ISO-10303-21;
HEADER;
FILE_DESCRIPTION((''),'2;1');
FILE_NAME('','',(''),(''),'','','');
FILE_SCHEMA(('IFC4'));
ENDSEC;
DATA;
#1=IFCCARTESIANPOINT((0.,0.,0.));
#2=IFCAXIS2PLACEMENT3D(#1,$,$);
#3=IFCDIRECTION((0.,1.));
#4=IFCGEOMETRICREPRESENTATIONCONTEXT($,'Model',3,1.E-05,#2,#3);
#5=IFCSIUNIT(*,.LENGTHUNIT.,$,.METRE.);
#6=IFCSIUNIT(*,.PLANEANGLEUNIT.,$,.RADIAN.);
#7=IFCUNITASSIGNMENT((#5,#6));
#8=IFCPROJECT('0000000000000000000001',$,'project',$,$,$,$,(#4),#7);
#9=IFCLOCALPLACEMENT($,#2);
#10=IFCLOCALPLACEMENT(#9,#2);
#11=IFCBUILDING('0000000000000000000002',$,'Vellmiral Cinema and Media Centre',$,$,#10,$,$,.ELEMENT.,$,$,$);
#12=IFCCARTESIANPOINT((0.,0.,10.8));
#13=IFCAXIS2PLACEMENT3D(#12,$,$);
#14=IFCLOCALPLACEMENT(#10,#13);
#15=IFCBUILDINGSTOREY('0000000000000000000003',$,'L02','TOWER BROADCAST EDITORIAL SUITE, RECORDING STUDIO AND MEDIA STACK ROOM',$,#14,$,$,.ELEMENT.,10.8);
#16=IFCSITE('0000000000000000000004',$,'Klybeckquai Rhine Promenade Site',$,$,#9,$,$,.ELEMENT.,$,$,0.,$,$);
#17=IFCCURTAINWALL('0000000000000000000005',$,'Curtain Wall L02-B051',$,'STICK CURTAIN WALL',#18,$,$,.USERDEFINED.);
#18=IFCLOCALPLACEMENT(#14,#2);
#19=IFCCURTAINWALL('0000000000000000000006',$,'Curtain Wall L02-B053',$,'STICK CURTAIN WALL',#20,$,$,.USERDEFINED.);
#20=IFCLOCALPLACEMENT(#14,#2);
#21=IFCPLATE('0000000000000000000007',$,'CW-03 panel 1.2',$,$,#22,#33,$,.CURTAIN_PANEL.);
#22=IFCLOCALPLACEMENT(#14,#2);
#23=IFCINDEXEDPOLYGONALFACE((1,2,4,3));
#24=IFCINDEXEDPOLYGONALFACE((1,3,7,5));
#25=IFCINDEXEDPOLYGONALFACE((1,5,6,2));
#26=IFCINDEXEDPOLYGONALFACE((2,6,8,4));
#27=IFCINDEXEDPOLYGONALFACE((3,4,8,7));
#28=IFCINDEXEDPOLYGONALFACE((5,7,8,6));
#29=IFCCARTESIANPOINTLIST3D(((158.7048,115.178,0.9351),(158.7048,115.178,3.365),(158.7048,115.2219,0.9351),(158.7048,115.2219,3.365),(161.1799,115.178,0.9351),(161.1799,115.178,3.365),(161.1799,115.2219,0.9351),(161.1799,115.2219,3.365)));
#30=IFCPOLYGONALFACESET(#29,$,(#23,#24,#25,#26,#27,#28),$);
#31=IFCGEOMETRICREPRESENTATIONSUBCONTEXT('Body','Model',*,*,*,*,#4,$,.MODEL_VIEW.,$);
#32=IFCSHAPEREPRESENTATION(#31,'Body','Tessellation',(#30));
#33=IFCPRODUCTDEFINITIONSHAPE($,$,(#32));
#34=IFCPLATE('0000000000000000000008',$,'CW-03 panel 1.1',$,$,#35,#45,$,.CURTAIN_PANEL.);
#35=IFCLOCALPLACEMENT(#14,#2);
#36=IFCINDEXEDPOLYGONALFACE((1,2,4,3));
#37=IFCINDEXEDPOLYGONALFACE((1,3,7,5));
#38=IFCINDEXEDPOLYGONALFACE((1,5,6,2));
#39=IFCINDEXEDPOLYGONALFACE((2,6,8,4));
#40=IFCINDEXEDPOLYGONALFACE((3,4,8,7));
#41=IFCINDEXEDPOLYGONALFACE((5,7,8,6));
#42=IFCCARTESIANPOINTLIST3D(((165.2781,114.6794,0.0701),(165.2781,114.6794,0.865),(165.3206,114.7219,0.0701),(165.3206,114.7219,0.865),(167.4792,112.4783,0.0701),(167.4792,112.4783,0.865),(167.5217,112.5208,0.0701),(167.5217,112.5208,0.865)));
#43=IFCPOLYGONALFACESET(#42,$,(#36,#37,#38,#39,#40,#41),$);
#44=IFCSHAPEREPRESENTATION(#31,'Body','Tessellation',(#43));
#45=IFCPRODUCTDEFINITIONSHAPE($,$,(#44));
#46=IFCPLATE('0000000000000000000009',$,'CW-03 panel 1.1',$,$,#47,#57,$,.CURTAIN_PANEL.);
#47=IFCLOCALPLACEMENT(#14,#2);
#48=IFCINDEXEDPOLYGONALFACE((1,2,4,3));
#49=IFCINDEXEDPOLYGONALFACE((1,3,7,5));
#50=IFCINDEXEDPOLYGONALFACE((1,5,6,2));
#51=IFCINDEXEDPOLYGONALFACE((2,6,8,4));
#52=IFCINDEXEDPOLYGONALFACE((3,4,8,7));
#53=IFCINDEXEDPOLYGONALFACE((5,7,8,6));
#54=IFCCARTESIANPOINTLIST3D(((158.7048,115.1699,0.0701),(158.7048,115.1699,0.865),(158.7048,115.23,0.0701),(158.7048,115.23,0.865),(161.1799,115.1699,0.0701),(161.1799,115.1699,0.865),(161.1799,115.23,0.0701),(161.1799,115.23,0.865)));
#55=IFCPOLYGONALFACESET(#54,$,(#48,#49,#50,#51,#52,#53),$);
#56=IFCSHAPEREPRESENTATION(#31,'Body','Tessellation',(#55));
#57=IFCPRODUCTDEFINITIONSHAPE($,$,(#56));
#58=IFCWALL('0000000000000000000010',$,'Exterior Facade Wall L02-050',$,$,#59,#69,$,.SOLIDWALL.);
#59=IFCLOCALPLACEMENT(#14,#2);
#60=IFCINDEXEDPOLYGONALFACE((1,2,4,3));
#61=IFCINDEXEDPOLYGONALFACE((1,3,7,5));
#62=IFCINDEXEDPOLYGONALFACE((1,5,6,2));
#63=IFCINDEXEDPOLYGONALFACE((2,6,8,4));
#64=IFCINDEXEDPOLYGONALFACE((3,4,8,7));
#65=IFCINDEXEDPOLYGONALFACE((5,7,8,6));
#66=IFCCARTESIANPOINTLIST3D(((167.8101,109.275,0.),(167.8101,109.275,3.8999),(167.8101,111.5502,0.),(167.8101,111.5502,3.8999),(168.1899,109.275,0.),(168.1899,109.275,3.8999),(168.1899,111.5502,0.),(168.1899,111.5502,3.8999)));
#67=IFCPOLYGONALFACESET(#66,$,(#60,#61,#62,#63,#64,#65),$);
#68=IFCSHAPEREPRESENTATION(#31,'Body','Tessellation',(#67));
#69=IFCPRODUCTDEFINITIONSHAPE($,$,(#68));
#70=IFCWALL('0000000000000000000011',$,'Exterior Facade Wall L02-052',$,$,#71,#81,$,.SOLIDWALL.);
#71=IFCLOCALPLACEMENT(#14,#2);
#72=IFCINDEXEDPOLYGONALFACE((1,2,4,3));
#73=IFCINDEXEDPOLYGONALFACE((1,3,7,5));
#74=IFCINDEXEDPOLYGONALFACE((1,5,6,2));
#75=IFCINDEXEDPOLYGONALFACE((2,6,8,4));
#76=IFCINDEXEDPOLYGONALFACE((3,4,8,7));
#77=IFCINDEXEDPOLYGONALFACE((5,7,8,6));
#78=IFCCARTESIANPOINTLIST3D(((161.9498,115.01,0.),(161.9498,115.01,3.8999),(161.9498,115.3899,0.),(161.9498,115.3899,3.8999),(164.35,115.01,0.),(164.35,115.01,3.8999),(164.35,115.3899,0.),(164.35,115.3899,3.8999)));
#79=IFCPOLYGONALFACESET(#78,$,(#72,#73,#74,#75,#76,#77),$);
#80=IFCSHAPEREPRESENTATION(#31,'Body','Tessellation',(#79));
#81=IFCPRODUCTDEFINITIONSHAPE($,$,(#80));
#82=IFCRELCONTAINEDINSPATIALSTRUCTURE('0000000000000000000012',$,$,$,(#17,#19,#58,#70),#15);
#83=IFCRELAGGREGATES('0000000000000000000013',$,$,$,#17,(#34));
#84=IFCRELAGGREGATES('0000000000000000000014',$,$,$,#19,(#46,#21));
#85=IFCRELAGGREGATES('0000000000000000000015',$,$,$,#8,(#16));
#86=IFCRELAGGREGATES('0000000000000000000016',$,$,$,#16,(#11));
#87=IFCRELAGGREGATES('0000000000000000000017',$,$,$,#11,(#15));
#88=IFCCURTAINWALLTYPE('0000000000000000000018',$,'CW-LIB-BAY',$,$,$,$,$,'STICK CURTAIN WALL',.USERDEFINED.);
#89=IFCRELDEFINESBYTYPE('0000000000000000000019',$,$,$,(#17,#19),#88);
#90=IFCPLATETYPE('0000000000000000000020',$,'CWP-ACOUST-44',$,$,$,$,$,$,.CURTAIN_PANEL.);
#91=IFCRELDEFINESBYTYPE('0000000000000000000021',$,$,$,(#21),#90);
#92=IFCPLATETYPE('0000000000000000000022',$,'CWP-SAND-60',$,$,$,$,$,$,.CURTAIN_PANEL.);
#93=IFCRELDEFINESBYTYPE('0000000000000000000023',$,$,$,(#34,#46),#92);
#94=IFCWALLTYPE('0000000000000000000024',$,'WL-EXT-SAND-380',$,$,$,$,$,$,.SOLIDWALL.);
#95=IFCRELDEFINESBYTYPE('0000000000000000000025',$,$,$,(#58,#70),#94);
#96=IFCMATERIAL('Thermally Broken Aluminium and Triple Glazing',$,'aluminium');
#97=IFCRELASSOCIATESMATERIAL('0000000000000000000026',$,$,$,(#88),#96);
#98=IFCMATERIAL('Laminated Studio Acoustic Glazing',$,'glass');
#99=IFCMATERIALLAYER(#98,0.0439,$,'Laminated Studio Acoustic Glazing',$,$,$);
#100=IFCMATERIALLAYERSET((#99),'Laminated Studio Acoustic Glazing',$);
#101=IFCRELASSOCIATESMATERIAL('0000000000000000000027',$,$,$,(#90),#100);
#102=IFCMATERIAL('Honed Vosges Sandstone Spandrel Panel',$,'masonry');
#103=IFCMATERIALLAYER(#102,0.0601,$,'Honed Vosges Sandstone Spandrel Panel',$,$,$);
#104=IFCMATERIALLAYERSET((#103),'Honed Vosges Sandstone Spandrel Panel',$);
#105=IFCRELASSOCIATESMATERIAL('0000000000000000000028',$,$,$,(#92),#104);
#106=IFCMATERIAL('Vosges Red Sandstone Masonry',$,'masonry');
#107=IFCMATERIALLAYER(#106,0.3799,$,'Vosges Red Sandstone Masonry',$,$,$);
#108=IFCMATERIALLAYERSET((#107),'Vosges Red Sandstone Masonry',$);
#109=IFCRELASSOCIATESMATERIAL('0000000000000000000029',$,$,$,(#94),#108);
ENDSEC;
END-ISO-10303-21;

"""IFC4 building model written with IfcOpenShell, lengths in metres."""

from ifc_helpers import new_model, si_unit, direction, frame, frame_2d, origin, origin_2d, place, context, subcontext, project, spatial, rectangle, extrude, material, layer, layer_set, type_object, element, aggregate, save


model = new_model("IFC4")

# Units and contexts
model_context = context("Model", 3, precision=1e-05, world=origin(), true_north=direction((0.0, 1.0)))
body_context = subcontext(model_context, "Body", "Model", "MODEL_VIEW")
ifc_project = project(units=[si_unit("LENGTHUNIT", "METRE"), si_unit("PLANEANGLEUNIT", "RADIAN")], contexts=[model_context])

# Site, building, storey
site_placement = place(None, origin())
site = spatial("IfcSite", under=ifc_project, at=site_placement, Name="Klybeckquai Rhine Promenade Site", CompositionType="ELEMENT", RefElevation=0.0)
building_placement = place(site_placement, origin())
building = spatial("IfcBuilding", under=site, at=building_placement, Name="Vellmiral Cinema and Media Centre", CompositionType="ELEMENT")
storey_placement = place(building_placement, frame((0.0, 0.0, 10.8)))
storey = spatial("IfcBuildingStorey", under=building, at=storey_placement, Name="L02", Description="TOWER BROADCAST EDITORIAL SUITE, RECORDING STUDIO AND MEDIA STACK ROOM", CompositionType="ELEMENT", Elevation=10.8)

# Curtain walls
ifc_material_1 = material(Name="Thermally Broken Aluminium and Triple Glazing", Category="aluminium")
curtain_wall_type = type_object("IfcCurtainWallType", Name="CW-LIB-BAY", ElementType="STICK CURTAIN WALL", PredefinedType="USERDEFINED", material=ifc_material_1)
curtain_wall_1_placement = place(storey_placement, origin())
curtain_wall_1 = element("IfcCurtainWall", 1, at=curtain_wall_1_placement, inside=storey, type_object=curtain_wall_type, Name="Curtain Wall L02-B051", ObjectType="STICK CURTAIN WALL", PredefinedType="USERDEFINED")
curtain_wall_2_placement = place(storey_placement, origin())
curtain_wall_2 = element("IfcCurtainWall", 2, at=curtain_wall_2_placement, inside=storey, type_object=curtain_wall_type, Name="Curtain Wall L02-B053", ObjectType="STICK CURTAIN WALL", PredefinedType="USERDEFINED")

# Plates
ifc_material_2 = material(Name="Laminated Studio Acoustic Glazing", Category="glass")
ifc_layer_1 = layer(ifc_material_2, 0.0439, Name="Laminated Studio Acoustic Glazing")
ifc_layer_set_1 = layer_set([ifc_layer_1], Name="Laminated Studio Acoustic Glazing")
plate_type_1 = type_object("IfcPlateType", Name="CWP-ACOUST-44", PredefinedType="CURTAIN_PANEL", material=ifc_layer_set_1)
plate_1_placement = place(storey_placement, frame((159.9424, 115.2, 0.9351), z_axis=(0.0, 0.0, 1.0), x_axis=(-1.0, 0.0, 0.0)))
plate_1 = element("IfcPlate", 3, at=plate_1_placement, type_object=plate_type_1, Name="CW-03 panel 1.2", PredefinedType="CURTAIN_PANEL", context=body_context, shape_type="SweptSolid", body=[
    extrude(rectangle(XDim=2.4751, YDim=0.0439, at=origin_2d()), origin(), (0.0, 0.0, 1.0), 2.4299),
])
ifc_material_3 = material(Name="Honed Vosges Sandstone Spandrel Panel", Category="masonry")
ifc_layer_2 = layer(ifc_material_3, 0.0601, Name="Honed Vosges Sandstone Spandrel Panel")
ifc_layer_set_2 = layer_set([ifc_layer_2], Name="Honed Vosges Sandstone Spandrel Panel")
plate_type_2 = type_object("IfcPlateType", Name="CWP-SAND-60", PredefinedType="CURTAIN_PANEL", material=ifc_layer_set_2)
plate_2_placement = place(storey_placement, frame((166.3999, 113.6001, 0.0701), z_axis=(0.0, 0.0, 1.0), x_axis=(-0.707107, 0.707107, 0.0)))
plate_2 = element("IfcPlate", 4, at=plate_2_placement, type_object=plate_type_2, Name="CW-03 panel 1.1", PredefinedType="CURTAIN_PANEL", context=body_context, shape_type="SweptSolid", body=[
    extrude(rectangle(XDim=3.1128, YDim=0.0601, at=origin_2d()), origin(), (0.0, 0.0, 1.0), 0.7949),
])
aggregate(curtain_wall_1, [plate_2])
plate_3_placement = place(storey_placement, frame((159.9424, 115.2, 0.0701), z_axis=(0.0, 0.0, 1.0), x_axis=(-1.0, 0.0, 0.0)))
plate_3 = element("IfcPlate", 5, at=plate_3_placement, type_object=plate_type_2, Name="CW-03 panel 1.1", PredefinedType="CURTAIN_PANEL", context=body_context, shape_type="SweptSolid", body=[
    extrude(rectangle(XDim=2.4751, YDim=0.0601, at=origin_2d()), origin(), (0.0, 0.0, 1.0), 0.7949),
])
aggregate(curtain_wall_2, [plate_3, plate_1])

# Walls
ifc_material_4 = material(Name="Vosges Red Sandstone Masonry", Category="masonry")
ifc_layer_3 = layer(ifc_material_4, 0.3799, Name="Vosges Red Sandstone Masonry")
ifc_layer_set_3 = layer_set([ifc_layer_3], Name="Vosges Red Sandstone Masonry")
wall_type = type_object("IfcWallType", Name="WL-EXT-SAND-380", PredefinedType="SOLIDWALL", material=ifc_layer_set_3)
wall_1_placement = place(storey_placement, frame((168.0, 109.2749, 0.0), z_axis=(0.0, 0.0, 1.0), x_axis=(0.0, 1.0, 0.0)))
element("IfcWall", 6, at=wall_1_placement, inside=storey, type_object=wall_type, Name="Exterior Facade Wall L02-050", PredefinedType="SOLIDWALL", context=body_context, shape_type="SweptSolid", body=[
    extrude(rectangle(XDim=2.2751, YDim=0.3799, at=frame_2d((1.1377, 0.0))), origin(), (0.0, 0.0, 1.0), 3.8999),
])
wall_2_placement = place(storey_placement, frame((164.3501, 115.2, 0.0), z_axis=(0.0, 0.0, 1.0), x_axis=(-1.0, 0.0, 0.0)))
element("IfcWall", 7, at=wall_2_placement, inside=storey, type_object=wall_type, Name="Exterior Facade Wall L02-052", PredefinedType="SOLIDWALL", context=body_context, shape_type="SweptSolid", body=[
    extrude(rectangle(XDim=2.4001, YDim=0.3799, at=frame_2d((1.2002, 0.0))), origin(), (0.0, 0.0, 1.0), 3.8999),
])

save(model, "model.ifc")
